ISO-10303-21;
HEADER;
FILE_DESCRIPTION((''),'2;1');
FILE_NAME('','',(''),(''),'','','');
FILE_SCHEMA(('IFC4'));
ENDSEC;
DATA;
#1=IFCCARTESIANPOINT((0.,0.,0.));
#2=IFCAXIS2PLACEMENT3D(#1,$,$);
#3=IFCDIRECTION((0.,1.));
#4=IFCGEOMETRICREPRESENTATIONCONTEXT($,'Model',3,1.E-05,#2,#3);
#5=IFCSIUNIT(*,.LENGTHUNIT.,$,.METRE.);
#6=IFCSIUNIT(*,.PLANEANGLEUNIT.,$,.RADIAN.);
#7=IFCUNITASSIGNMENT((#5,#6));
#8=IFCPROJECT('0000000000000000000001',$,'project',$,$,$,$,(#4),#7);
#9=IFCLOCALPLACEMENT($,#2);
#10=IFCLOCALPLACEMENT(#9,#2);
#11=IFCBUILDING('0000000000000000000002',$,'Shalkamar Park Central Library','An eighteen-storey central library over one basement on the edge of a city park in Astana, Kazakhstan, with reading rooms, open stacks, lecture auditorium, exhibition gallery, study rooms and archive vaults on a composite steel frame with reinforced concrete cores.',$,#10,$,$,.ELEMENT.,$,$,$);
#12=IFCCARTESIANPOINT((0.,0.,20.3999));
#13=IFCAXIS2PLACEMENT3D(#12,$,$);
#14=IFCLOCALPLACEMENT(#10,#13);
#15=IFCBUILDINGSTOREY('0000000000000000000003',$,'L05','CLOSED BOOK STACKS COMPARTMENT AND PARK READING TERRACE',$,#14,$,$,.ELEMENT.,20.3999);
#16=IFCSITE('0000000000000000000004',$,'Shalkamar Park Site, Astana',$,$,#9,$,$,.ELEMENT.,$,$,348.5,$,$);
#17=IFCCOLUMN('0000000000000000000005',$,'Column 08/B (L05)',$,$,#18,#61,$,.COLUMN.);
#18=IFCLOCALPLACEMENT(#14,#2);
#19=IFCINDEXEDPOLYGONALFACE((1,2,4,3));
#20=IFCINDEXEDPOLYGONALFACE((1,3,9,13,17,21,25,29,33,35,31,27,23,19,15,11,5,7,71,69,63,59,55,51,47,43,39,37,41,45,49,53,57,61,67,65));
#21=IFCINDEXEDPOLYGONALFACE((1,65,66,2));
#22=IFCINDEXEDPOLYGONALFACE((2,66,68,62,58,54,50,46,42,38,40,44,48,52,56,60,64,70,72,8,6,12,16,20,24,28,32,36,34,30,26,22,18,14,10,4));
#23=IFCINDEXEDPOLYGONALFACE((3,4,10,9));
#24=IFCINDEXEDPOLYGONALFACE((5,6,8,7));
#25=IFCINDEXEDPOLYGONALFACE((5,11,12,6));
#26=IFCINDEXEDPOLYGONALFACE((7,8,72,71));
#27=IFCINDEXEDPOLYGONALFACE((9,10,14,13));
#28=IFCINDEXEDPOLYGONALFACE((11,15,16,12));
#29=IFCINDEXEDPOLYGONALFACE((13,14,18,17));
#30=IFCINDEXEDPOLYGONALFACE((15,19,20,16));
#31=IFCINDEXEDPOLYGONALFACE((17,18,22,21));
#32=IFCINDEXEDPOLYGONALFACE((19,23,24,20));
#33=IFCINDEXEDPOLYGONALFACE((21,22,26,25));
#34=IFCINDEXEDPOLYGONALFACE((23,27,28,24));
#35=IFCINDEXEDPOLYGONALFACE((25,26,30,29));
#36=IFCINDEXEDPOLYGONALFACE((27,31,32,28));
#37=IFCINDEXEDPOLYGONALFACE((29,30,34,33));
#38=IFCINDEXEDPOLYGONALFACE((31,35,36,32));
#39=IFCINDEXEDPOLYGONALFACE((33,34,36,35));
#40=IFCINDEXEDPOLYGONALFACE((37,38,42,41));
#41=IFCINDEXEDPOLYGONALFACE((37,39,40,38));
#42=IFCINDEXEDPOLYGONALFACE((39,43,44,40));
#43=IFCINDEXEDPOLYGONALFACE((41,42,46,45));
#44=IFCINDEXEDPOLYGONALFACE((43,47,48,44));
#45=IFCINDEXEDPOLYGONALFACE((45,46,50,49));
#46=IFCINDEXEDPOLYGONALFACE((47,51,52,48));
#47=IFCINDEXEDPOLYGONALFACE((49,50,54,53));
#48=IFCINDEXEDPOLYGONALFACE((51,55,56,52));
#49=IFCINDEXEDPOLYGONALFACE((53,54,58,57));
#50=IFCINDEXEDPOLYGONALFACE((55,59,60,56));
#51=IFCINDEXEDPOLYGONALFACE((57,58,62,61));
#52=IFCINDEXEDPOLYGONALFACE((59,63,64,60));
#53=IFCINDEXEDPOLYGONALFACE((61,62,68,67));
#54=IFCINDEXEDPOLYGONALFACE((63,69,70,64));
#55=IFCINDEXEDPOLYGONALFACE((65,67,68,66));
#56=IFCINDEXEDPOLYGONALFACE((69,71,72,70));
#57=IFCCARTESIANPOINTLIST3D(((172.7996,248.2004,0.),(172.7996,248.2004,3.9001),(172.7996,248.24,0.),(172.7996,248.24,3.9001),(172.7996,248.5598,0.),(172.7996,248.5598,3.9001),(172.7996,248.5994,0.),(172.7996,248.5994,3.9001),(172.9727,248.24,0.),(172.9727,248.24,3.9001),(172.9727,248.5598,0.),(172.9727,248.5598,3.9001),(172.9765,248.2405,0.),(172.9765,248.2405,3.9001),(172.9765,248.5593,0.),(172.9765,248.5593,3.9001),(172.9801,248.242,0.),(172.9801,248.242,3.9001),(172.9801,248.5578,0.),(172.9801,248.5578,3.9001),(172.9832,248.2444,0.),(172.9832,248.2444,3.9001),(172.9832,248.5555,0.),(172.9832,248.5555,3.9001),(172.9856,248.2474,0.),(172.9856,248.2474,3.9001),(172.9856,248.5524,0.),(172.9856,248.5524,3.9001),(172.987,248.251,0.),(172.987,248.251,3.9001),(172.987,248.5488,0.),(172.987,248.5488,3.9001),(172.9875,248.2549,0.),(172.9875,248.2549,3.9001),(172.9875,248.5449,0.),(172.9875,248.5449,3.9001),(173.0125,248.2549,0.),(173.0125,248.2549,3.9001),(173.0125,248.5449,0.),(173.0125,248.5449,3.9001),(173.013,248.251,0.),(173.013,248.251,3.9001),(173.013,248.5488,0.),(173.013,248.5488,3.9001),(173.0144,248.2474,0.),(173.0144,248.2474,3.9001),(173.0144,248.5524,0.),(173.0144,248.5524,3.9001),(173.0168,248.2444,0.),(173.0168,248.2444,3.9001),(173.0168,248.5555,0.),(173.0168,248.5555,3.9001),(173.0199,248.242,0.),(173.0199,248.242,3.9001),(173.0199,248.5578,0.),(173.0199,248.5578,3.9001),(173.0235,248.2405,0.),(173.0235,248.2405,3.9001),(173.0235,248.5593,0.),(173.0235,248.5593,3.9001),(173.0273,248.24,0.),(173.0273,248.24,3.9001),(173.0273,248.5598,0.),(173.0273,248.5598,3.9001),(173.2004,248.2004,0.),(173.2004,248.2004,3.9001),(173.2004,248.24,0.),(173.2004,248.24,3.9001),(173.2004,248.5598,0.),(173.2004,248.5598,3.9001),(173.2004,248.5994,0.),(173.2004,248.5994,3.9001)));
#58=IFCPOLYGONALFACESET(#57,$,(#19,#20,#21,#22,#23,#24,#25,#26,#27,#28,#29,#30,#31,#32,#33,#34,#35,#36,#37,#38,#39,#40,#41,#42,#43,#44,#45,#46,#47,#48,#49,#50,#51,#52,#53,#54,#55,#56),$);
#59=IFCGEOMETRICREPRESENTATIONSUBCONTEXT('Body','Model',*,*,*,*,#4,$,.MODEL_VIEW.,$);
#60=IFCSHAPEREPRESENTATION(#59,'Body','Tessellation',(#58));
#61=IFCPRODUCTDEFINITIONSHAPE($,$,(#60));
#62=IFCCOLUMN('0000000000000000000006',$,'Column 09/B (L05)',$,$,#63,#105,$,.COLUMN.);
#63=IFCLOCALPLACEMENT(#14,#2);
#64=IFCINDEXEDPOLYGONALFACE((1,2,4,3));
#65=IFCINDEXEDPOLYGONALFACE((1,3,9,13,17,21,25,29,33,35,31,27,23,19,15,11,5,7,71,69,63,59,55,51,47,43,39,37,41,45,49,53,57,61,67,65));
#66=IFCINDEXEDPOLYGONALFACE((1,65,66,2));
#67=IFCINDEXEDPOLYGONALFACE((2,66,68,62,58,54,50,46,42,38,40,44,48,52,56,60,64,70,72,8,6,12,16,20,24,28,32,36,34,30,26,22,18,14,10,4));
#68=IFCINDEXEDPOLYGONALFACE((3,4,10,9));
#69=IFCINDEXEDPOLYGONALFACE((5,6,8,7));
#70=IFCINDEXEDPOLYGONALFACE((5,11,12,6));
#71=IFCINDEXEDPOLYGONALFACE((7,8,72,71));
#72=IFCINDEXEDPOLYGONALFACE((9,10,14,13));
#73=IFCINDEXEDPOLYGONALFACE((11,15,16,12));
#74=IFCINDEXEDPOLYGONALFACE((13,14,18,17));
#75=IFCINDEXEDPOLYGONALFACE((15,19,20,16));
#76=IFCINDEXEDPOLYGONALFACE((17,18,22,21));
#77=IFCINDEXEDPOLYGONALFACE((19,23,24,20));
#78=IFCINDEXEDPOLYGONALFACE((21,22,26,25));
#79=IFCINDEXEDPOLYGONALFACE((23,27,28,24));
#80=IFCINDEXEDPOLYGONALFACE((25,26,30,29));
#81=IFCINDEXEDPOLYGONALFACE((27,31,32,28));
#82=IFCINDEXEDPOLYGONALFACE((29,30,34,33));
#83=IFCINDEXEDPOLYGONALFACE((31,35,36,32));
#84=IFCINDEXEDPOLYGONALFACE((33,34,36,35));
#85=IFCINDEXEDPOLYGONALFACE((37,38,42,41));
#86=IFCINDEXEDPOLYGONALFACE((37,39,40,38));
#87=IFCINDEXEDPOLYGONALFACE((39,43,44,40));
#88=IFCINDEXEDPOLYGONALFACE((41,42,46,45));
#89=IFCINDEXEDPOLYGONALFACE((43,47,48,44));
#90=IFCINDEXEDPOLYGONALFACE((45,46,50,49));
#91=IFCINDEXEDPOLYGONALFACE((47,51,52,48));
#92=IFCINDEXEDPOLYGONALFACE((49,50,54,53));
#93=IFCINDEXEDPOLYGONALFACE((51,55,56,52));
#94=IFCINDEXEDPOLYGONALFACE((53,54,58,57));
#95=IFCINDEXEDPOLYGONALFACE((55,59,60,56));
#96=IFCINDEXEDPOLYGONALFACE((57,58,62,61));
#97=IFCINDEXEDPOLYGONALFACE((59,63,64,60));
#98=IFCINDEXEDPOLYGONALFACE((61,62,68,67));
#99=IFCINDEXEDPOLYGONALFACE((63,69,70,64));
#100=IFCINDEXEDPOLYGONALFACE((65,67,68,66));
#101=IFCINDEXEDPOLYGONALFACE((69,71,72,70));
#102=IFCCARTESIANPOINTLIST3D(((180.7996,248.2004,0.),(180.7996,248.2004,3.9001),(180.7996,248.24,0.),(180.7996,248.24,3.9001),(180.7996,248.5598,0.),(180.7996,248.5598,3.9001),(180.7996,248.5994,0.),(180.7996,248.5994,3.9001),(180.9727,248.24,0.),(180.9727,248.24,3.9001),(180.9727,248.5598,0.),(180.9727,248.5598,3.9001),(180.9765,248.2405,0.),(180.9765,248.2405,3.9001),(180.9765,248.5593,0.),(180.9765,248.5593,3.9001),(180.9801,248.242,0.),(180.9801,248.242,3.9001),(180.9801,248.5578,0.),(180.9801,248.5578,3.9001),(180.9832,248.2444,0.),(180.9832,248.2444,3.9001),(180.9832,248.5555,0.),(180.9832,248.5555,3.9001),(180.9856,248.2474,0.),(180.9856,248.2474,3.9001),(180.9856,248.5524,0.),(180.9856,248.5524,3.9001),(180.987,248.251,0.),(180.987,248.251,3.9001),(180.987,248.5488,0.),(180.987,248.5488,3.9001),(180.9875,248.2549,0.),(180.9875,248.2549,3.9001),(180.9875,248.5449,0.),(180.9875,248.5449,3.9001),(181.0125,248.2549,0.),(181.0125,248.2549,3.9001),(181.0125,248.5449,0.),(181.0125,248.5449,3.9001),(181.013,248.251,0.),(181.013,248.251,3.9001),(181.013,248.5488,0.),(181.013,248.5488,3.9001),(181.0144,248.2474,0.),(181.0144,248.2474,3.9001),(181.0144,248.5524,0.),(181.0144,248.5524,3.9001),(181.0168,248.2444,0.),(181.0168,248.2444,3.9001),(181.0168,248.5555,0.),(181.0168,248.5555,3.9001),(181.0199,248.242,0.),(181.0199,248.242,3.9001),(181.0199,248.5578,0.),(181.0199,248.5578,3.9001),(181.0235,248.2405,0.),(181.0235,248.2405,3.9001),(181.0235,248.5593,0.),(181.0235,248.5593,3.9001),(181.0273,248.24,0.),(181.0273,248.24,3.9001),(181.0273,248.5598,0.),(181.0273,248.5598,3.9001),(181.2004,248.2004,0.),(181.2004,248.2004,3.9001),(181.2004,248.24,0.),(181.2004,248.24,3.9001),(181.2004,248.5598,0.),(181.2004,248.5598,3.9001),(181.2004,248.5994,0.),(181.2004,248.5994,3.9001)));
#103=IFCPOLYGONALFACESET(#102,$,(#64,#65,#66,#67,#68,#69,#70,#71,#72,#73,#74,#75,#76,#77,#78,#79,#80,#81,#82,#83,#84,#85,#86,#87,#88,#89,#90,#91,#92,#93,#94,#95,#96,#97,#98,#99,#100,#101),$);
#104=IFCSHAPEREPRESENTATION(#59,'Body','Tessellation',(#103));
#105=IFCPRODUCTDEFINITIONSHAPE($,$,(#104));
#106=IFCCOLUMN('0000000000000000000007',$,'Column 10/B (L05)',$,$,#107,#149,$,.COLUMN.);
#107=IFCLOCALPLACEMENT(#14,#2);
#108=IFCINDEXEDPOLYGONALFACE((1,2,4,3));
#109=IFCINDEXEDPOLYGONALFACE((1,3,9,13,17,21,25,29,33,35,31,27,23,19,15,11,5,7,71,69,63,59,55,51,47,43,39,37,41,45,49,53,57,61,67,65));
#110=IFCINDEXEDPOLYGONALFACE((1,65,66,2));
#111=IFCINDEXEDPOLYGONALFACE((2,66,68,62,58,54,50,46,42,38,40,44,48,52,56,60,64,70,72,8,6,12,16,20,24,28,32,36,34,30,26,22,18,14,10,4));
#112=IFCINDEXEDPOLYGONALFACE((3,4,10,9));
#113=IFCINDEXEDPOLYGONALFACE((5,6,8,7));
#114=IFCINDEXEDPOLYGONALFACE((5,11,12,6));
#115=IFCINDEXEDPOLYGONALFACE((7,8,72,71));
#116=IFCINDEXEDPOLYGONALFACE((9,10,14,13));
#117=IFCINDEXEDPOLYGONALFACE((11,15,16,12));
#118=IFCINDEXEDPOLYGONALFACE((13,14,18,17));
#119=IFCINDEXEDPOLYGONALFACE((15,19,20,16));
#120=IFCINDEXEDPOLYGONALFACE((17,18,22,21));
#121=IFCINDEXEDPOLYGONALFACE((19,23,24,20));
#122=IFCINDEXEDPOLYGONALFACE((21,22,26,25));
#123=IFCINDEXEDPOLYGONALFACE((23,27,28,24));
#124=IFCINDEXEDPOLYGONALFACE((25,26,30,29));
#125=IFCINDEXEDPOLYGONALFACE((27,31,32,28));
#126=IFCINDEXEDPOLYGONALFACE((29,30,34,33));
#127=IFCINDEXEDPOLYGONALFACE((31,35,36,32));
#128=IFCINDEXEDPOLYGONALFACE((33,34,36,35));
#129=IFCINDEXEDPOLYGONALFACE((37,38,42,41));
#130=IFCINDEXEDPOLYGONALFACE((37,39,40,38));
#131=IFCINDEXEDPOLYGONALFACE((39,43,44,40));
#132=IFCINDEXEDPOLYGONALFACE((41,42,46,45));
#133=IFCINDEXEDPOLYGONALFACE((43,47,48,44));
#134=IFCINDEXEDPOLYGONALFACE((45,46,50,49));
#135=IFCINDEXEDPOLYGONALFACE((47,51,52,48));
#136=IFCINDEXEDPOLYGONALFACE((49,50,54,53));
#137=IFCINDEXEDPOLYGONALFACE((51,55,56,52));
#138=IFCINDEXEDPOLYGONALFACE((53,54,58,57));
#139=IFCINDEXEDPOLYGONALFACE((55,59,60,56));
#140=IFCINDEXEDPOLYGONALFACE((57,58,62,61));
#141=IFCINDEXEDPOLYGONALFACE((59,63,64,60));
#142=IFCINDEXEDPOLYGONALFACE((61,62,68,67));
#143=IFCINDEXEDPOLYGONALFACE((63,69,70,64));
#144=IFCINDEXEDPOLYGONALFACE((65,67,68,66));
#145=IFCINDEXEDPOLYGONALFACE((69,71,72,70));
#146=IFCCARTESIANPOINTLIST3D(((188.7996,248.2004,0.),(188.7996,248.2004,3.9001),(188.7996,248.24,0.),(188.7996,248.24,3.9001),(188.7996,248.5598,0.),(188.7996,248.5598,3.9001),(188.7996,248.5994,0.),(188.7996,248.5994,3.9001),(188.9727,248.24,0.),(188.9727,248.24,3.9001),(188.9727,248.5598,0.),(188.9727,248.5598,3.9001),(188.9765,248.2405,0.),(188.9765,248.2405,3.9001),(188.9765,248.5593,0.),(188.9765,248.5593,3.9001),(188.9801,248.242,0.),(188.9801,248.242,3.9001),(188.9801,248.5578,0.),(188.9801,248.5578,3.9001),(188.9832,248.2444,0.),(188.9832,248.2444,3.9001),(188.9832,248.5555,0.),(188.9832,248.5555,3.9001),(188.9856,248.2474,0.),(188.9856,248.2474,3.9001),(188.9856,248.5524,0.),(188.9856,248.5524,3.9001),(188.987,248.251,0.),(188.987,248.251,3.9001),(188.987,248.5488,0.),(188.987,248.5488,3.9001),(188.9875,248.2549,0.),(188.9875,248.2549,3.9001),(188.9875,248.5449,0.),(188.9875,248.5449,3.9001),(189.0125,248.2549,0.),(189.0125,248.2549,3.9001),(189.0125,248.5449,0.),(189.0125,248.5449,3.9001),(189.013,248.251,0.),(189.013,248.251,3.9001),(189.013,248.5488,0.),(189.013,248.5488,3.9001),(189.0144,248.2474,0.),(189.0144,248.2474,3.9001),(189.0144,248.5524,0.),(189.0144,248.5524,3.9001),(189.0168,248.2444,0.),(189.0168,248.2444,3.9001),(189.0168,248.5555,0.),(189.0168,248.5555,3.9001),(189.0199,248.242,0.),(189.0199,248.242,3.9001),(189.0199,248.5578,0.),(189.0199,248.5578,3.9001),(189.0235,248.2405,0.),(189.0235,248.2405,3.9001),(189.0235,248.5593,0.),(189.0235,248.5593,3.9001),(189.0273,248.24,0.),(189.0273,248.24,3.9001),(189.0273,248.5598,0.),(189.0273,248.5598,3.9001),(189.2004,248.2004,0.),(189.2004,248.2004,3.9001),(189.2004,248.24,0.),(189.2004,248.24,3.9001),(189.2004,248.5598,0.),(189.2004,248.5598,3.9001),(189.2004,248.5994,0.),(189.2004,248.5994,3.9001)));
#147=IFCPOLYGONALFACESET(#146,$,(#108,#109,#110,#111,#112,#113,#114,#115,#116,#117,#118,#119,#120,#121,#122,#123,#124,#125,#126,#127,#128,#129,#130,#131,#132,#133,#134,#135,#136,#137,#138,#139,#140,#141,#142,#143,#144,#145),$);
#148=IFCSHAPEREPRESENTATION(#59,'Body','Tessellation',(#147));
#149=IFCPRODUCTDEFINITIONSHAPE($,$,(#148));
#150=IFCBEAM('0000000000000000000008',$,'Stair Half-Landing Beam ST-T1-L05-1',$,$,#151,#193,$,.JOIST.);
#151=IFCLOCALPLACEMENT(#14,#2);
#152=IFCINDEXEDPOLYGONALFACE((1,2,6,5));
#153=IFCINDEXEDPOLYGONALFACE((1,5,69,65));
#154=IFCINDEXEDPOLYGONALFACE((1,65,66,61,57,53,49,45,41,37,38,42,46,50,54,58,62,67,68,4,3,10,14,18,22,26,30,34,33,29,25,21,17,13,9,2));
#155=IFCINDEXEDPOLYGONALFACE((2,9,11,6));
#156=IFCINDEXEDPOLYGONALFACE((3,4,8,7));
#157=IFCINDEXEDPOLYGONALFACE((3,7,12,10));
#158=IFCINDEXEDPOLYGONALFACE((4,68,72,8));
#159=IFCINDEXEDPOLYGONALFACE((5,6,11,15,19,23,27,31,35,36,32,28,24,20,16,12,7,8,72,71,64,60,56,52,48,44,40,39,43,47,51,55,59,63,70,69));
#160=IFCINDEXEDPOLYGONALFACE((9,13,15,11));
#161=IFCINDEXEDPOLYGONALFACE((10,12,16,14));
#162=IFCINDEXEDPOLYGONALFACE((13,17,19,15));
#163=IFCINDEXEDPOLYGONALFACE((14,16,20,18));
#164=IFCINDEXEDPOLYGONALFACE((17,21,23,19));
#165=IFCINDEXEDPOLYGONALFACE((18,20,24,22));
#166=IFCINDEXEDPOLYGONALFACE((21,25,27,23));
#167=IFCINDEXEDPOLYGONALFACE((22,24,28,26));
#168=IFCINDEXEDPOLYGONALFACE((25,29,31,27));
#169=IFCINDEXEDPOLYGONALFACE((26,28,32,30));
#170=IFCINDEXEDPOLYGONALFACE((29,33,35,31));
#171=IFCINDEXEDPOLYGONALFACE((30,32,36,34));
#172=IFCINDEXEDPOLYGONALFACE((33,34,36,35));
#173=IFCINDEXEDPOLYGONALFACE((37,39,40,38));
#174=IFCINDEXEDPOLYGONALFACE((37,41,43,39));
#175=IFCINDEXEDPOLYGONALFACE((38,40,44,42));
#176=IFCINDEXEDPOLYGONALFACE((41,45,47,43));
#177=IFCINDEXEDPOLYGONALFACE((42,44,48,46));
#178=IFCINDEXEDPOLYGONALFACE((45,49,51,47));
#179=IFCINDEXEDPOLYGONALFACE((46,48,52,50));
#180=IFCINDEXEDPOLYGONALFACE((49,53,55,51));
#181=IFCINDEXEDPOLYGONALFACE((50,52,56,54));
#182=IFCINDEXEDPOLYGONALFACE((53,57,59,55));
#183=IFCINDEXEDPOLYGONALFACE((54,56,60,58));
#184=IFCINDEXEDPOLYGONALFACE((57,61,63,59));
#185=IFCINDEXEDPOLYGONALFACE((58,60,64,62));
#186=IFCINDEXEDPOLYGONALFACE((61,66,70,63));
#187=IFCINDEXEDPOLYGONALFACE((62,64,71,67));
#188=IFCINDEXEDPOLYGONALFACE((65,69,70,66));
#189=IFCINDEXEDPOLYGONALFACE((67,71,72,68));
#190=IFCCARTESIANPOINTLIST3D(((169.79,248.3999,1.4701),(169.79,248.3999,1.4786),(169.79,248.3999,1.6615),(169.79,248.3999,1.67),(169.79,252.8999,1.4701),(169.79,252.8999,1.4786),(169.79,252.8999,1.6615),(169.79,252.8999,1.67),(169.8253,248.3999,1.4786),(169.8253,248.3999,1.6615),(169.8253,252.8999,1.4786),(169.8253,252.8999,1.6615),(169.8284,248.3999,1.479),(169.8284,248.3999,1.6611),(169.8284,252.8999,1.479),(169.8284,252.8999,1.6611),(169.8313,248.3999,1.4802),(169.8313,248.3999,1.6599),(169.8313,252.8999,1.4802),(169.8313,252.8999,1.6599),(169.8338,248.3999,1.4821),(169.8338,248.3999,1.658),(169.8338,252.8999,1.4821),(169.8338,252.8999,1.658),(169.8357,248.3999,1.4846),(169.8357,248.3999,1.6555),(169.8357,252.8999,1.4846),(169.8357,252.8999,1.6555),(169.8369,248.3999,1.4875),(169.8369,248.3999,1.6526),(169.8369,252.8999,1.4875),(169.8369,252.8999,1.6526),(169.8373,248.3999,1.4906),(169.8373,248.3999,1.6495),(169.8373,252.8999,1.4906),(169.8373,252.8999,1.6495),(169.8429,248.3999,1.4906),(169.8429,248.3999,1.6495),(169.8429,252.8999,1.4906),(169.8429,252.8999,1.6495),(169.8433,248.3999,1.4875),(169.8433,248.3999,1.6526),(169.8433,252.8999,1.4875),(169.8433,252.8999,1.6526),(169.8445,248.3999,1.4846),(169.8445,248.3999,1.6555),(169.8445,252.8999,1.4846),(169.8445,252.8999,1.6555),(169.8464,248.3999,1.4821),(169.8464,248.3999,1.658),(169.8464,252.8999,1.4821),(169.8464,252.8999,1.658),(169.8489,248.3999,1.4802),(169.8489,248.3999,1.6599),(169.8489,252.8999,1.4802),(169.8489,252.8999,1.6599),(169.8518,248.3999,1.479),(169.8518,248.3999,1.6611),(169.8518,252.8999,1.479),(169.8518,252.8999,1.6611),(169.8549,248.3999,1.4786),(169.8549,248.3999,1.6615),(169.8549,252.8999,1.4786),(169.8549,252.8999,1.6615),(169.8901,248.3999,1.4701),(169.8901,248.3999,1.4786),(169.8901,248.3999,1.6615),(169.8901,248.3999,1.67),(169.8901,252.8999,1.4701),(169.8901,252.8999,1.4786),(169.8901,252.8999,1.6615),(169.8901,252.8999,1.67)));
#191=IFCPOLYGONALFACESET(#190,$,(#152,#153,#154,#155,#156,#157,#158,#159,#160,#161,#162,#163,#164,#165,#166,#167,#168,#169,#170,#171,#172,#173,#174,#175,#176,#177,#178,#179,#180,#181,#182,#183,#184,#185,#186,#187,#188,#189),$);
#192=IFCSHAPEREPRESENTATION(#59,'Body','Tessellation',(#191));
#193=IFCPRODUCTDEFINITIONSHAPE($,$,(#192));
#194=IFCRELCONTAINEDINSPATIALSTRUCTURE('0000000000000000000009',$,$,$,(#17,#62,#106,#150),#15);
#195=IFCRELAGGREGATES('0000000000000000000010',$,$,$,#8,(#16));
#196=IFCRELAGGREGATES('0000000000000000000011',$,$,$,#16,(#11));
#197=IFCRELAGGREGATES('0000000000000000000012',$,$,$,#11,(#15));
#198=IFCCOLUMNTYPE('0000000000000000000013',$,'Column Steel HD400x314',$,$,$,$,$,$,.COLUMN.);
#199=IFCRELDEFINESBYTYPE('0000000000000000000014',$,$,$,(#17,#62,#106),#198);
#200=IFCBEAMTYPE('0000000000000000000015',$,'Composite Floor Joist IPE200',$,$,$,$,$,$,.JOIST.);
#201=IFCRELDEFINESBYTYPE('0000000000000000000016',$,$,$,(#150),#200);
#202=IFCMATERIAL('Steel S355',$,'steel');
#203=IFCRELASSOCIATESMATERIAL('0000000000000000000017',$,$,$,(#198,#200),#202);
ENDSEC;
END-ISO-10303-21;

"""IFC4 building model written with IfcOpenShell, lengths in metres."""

from ifc_helpers import new_model, si_unit, direction, frame, origin, origin_2d, place, context, subcontext, project, spatial, i_section, extrude, material, material_profile, profile_set, type_object, element, save


model = new_model("IFC4")

# Units and contexts
model_context = context("Model", 3, precision=1e-05, world=origin(), true_north=direction((0.0, 1.0)))
body_context = subcontext(model_context, "Body", "Model", "MODEL_VIEW")
ifc_project = project(units=[si_unit("LENGTHUNIT", "METRE"), si_unit("PLANEANGLEUNIT", "RADIAN")], contexts=[model_context])

# Site, building, storey
site_placement = place(None, origin())
site = spatial("IfcSite", under=ifc_project, at=site_placement, Name="Shalkamar Park Site, Astana", CompositionType="ELEMENT", RefElevation=348.5)
building_placement = place(site_placement, origin())
building = spatial("IfcBuilding", under=site, at=building_placement, Name="Shalkamar Park Central Library", Description="An eighteen-storey central library over one basement on the edge of a city park in Astana, Kazakhstan, with reading rooms, open stacks, lecture auditorium, exhibition gallery, study rooms and archive vaults on a composite steel frame with reinforced concrete cores.", CompositionType="ELEMENT")
storey_placement = place(building_placement, frame((0.0, 0.0, 20.3999)))
storey = spatial("IfcBuildingStorey", under=building, at=storey_placement, Name="L05", Description="CLOSED BOOK STACKS COMPARTMENT AND PARK READING TERRACE", CompositionType="ELEMENT", Elevation=20.3999)

# Columns
ifc_material_1 = material(Name="Steel S355", Category="steel")
ifc_material_profile_1 = material_profile(ifc_material_1, i_section(OverallWidth=0.4009, OverallDepth=0.3989, WebThickness=0.0249, FlangeThickness=0.0396, FilletRadius=0.0149, at=origin_2d()), Name="HD 400x314")
ifc_profile_set_1 = profile_set([ifc_material_profile_1], Name="Steel S355")
column_type = type_object("IfcColumnType", Name="Column Steel HD400x314", PredefinedType="COLUMN", material=ifc_profile_set_1)
for number, where, z_axis, x_axis, name in (
    (1, (173.0, 248.3999, 0.0), (0.0, 0.0, 1.0), (1.0, 0.0, 0.0), "Column 08/B (L05)"),
    (2, (181.0, 248.3999, 0.0), (0.0, 0.0, 1.0), (1.0, 0.0, 0.0), "Column 09/B (L05)"),
    (3, (189.0, 248.3999, 0.0), (0.0, 0.0, 1.0), (1.0, 0.0, 0.0), "Column 10/B (L05)"),
):
    element("IfcColumn", number, at=place(storey_placement, frame(where, z_axis=z_axis, x_axis=x_axis)), inside=storey, type_object=column_type, Name=name, PredefinedType="COLUMN", context=body_context, shape_type="SweptSolid", body=[
        extrude(i_section(OverallWidth=0.4009, OverallDepth=0.3989, WebThickness=0.0249, FlangeThickness=0.0396, FilletRadius=0.0149, at=origin_2d()), origin(), (0.0, 0.0, 1.0), 3.9001),
    ])

# Beam
ifc_material_profile_2 = material_profile(ifc_material_1, i_section(OverallWidth=0.1001, OverallDepth=0.2, WebThickness=0.0056, FlangeThickness=0.0085, FilletRadius=0.012, at=origin_2d()), Name="IPE 200")
ifc_profile_set_2 = profile_set([ifc_material_profile_2], Name="Steel S355")
beam_type_1 = type_object("IfcBeamType", Name="Composite Floor Joist IPE200", PredefinedType="JOIST", material=ifc_profile_set_2)
for number, where, z_axis, x_axis, name in (
    (4, (169.8401, 248.3999, 1.5701), (0.0, 1.0, 0.0), (-1.0, 0.0, 0.0), "Stair Half-Landing Beam ST-T1-L05-1"),
):
    element("IfcBeam", number, at=place(storey_placement, frame(where, z_axis=z_axis, x_axis=x_axis)), inside=storey, type_object=beam_type_1, Name=name, PredefinedType="JOIST", context=body_context, shape_type="SweptSolid", body=[
        extrude(i_section(OverallWidth=0.1001, OverallDepth=0.2, WebThickness=0.0056, FlangeThickness=0.0085, FilletRadius=0.012, at=origin_2d()), origin(), (0.0, 0.0, 1.0), 4.5),
    ])

save(model, "model.ifc")
